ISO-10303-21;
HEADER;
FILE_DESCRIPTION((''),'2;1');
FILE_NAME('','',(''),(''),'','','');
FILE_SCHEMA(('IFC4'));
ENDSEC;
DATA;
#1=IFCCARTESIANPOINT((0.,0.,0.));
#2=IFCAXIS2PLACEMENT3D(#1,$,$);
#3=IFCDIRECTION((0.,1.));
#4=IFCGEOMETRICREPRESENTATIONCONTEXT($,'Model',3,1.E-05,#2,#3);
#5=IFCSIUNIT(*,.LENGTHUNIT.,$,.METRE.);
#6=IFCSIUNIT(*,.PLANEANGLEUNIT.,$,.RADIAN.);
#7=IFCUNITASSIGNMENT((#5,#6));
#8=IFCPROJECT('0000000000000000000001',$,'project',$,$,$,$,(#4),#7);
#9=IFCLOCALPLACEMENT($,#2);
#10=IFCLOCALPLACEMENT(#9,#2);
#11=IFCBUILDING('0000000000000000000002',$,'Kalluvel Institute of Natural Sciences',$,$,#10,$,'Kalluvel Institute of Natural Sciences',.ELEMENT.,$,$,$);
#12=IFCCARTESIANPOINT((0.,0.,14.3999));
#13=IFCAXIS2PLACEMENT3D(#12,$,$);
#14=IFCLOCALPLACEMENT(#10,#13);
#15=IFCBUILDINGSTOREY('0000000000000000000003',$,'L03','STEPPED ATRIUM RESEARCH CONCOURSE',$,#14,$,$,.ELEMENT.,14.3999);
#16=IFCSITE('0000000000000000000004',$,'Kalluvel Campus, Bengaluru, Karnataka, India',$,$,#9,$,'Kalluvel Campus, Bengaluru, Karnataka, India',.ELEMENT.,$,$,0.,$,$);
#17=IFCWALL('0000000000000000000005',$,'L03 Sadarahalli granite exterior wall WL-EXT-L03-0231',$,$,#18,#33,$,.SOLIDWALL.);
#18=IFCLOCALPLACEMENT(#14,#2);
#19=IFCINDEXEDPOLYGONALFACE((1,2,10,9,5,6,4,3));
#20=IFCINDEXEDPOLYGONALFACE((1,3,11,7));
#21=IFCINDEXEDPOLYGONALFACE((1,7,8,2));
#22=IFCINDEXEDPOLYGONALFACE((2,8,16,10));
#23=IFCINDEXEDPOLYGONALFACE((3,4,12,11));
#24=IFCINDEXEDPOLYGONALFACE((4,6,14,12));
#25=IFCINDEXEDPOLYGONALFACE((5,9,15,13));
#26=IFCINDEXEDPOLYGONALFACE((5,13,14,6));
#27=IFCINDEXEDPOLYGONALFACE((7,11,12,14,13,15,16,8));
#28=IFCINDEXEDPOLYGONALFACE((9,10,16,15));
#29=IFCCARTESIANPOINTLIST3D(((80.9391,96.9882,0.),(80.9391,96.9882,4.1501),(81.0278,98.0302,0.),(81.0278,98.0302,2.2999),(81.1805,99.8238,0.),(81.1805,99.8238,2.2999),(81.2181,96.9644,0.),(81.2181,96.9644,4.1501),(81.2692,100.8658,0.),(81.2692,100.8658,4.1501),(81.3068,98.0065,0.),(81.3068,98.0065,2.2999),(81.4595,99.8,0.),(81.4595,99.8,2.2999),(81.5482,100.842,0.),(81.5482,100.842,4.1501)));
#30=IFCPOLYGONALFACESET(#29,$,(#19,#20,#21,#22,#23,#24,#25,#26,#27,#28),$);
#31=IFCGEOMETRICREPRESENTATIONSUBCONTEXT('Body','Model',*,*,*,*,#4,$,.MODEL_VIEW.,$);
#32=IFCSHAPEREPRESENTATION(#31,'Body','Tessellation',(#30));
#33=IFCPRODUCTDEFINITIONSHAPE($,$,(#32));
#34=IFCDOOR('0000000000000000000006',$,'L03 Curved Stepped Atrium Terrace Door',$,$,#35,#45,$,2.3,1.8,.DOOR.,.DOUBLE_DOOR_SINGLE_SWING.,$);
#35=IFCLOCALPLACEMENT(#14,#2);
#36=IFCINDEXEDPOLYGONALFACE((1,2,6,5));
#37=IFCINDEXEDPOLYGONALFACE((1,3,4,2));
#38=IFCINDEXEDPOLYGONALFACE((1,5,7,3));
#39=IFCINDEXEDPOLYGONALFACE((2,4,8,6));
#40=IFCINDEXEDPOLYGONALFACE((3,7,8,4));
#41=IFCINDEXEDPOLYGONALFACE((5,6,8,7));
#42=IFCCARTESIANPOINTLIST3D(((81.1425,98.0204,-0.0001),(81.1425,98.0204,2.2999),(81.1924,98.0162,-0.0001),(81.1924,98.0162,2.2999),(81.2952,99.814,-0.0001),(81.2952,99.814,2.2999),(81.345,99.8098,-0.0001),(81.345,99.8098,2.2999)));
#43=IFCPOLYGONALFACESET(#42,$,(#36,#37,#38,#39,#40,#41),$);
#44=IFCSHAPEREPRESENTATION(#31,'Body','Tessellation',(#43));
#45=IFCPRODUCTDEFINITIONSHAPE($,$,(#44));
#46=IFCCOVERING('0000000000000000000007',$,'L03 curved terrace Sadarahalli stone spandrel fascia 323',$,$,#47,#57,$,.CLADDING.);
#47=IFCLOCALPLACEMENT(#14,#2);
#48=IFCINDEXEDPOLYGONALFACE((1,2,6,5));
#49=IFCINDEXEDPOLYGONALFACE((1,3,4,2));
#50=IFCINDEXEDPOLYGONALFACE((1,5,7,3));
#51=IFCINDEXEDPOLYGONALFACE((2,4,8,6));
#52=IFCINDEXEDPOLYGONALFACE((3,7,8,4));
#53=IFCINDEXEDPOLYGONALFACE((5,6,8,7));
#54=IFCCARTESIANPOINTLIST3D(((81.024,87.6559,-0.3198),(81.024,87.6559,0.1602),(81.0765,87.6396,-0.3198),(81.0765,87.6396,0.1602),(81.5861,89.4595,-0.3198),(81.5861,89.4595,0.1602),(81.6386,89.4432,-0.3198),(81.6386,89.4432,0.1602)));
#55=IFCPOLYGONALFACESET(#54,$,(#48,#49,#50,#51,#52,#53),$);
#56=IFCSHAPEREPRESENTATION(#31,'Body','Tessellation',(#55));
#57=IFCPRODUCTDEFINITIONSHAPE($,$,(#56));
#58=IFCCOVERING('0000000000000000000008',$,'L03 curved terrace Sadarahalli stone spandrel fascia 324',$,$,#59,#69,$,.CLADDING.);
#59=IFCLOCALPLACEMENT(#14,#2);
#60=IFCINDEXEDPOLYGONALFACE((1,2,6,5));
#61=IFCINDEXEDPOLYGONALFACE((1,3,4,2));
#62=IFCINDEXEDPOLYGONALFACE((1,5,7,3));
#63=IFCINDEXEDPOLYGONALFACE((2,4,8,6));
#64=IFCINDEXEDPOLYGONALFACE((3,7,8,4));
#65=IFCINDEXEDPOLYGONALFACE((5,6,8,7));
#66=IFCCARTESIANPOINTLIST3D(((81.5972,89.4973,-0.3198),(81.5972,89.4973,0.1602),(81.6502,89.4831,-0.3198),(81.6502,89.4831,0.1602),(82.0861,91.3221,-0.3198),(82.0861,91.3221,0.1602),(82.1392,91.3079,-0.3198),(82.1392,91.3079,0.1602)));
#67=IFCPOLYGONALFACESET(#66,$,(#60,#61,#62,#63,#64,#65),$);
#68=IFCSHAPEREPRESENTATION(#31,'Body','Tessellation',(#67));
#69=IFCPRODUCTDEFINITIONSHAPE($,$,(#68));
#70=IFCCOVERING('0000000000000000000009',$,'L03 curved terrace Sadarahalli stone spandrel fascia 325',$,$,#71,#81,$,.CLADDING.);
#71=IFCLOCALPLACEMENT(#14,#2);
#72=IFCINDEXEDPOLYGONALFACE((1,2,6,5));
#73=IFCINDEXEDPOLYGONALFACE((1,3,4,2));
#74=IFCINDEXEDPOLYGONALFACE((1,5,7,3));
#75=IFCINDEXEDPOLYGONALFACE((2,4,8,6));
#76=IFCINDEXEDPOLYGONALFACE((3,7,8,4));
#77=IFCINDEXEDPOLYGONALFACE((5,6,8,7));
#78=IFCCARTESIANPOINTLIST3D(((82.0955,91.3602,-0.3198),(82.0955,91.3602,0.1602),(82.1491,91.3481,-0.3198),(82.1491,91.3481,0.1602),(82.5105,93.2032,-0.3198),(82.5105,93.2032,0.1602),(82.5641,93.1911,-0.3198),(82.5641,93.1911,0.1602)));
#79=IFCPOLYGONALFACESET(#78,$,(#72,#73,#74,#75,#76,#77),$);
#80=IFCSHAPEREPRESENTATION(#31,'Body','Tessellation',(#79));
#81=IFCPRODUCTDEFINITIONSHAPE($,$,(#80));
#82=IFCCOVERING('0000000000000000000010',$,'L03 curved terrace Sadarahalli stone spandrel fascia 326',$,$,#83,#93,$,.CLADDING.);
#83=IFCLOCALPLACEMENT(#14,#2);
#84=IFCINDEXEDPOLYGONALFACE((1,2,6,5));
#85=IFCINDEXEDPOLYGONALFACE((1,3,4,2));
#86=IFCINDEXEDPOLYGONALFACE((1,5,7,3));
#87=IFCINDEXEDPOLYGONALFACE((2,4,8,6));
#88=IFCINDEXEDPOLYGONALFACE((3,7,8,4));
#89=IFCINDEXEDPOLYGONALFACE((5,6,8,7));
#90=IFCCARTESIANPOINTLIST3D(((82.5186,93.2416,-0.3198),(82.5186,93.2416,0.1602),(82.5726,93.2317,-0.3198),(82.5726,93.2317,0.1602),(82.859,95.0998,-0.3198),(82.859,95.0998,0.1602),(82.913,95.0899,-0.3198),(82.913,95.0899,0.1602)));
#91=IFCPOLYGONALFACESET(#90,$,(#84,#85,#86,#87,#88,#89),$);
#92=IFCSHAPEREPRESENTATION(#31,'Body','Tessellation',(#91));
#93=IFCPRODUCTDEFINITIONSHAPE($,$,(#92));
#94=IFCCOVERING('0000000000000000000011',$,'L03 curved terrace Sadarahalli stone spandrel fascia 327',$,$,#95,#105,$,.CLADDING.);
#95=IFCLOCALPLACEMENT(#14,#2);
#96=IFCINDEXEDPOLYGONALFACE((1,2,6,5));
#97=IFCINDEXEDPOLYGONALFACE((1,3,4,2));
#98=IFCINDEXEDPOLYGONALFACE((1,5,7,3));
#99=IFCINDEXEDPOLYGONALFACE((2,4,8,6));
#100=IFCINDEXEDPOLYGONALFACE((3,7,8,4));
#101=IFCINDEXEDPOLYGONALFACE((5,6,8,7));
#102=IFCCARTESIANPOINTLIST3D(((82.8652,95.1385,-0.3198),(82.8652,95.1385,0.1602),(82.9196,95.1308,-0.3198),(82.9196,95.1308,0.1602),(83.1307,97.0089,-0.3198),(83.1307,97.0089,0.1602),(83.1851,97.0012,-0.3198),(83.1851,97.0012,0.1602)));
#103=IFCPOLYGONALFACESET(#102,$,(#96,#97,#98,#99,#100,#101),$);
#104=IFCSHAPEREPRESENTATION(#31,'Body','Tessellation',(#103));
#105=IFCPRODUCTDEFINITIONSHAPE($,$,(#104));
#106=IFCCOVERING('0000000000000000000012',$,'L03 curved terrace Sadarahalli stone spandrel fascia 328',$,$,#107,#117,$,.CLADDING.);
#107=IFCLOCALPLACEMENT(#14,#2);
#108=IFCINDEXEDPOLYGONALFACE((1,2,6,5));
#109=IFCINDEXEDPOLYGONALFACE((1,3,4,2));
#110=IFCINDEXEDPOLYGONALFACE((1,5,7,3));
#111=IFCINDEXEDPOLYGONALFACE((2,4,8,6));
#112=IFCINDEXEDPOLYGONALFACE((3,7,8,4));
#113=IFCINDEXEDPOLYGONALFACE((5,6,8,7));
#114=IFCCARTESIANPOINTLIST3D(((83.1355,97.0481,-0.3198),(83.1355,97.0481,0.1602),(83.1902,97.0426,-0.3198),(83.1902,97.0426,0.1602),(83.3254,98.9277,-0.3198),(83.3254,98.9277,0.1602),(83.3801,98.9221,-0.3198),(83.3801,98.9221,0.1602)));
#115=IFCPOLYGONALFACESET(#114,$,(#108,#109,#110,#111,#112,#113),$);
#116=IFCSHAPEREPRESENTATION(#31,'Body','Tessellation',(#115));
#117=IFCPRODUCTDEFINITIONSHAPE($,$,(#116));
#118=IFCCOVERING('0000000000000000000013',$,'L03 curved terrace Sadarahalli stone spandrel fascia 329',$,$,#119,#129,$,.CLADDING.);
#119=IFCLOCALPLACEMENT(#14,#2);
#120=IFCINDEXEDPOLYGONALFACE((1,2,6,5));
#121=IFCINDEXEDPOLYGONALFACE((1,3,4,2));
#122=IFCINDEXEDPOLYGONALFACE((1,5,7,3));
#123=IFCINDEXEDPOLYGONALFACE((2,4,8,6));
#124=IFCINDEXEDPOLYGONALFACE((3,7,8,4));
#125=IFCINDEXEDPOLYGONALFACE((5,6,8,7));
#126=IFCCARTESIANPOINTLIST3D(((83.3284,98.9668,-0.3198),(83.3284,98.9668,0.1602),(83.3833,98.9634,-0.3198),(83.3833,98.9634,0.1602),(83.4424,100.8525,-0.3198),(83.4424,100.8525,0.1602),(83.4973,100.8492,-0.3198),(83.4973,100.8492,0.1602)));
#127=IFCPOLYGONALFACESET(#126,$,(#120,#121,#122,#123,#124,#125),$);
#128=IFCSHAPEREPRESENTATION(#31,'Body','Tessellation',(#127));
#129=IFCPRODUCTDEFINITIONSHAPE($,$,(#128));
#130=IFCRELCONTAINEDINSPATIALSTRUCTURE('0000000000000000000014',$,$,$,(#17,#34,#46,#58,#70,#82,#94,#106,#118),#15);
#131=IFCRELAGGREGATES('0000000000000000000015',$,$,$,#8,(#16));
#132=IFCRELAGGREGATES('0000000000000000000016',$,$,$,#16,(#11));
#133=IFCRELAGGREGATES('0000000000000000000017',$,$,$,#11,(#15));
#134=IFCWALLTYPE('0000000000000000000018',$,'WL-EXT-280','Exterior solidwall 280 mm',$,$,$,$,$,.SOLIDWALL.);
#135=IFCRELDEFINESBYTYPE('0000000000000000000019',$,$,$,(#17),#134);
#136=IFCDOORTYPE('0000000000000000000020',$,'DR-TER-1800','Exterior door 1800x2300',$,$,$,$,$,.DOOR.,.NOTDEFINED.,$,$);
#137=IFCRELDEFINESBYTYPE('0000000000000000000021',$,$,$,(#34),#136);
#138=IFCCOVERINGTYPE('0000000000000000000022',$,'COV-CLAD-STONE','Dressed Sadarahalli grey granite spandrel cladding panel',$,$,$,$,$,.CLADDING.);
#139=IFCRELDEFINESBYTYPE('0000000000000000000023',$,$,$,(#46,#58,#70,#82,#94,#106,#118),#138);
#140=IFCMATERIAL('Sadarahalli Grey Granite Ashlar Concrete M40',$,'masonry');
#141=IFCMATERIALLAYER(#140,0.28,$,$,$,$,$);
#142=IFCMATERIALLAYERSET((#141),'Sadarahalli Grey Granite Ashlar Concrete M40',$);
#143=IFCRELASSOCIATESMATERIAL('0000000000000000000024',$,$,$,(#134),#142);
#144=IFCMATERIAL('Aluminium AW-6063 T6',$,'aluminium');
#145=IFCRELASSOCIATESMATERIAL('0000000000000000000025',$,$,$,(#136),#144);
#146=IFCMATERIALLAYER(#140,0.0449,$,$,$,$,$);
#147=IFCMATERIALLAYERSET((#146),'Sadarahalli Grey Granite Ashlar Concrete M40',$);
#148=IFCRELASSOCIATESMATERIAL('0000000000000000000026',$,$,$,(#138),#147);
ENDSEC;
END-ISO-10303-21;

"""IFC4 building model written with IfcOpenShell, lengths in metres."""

from ifc_helpers import new_model, si_unit, direction, frame, frame_2d, origin, origin_2d, place, context, subcontext, project, spatial, rectangle, extrude, material, layer, layer_set, type_object, element, fill, save


model = new_model("IFC4")

# Units and contexts
model_context = context("Model", 3, precision=1e-05, world=origin(), true_north=direction((0.0, 1.0)))
body_context = subcontext(model_context, "Body", "Model", "MODEL_VIEW")
ifc_project = project(units=[si_unit("LENGTHUNIT", "METRE"), si_unit("PLANEANGLEUNIT", "RADIAN")], contexts=[model_context])

# Site, building, storey
site_placement = place(None, origin())
site = spatial("IfcSite", under=ifc_project, at=site_placement, Name="Kalluvel Campus, Bengaluru, Karnataka, India", LongName="Kalluvel Campus, Bengaluru, Karnataka, India", CompositionType="ELEMENT", RefElevation=0.0)
building_placement = place(site_placement, origin())
building = spatial("IfcBuilding", under=site, at=building_placement, Name="Kalluvel Institute of Natural Sciences", LongName="Kalluvel Institute of Natural Sciences", CompositionType="ELEMENT")
storey_placement = place(building_placement, frame((0.0, 0.0, 14.3999)))
storey = spatial("IfcBuildingStorey", under=building, at=storey_placement, Name="L03", Description="STEPPED ATRIUM RESEARCH CONCOURSE", CompositionType="ELEMENT", Elevation=14.3999)

# Shared definitions
ifc_material_1 = material(Name="Aluminium AW-6063 T6", Category="aluminium")

# Wall, opening, door
ifc_material_2 = material(Name="Sadarahalli Grey Granite Ashlar Concrete M40", Category="masonry")
ifc_layer_1 = layer(ifc_material_2, 0.28)
ifc_layer_set_1 = layer_set([ifc_layer_1], Name="Sadarahalli Grey Granite Ashlar Concrete M40")
wall_type = type_object("IfcWallType", Name="WL-EXT-280", Description="Exterior solidwall 280 mm", PredefinedType="SOLIDWALL", material=ifc_layer_set_1)
wall_placement = place(storey_placement, frame((81.0786, 96.9763, 0.0), z_axis=(0.0, 0.0, 1.0), x_axis=(0.084816, 0.996397, 0.0)))
wall = element("IfcWall", 1, at=wall_placement, inside=storey, type_object=wall_type, Name="L03 Sadarahalli granite exterior wall WL-EXT-L03-0231", PredefinedType="SOLIDWALL", context=body_context, shape_type="SweptSolid", body=[
    extrude(rectangle(XDim=3.8916, YDim=0.28, at=frame_2d((1.9458, 0.0))), origin(), (0.0, 0.0, 1.0), 4.1501),
])
opening_placement = place(wall_placement, frame((1.0459, 0.0, 0.0)))
opening = element("IfcOpeningElement", 2, at=opening_placement, cuts=wall, PredefinedType="OPENING", context=body_context, shape_type="SweptSolid", body=[
    extrude(rectangle(XDim=1.8, YDim=2.3, at=frame_2d((0.8999, 1.1499))), frame((0.0, 0.1499, 0.0), z_axis=(0.0, -1.0, 0.0), x_axis=(1.0, 0.0, 0.0)), (0.0, 0.0, 1.0), 0.3),
])
door_type = type_object("IfcDoorType", Name="DR-TER-1800", Description="Exterior door 1800x2300", OperationType="NOTDEFINED", PredefinedType="DOOR", material=ifc_material_1)
door_placement = place(opening_placement, origin())
door = element("IfcDoor", 3, at=door_placement, inside=storey, type_object=door_type, Name="L03 Curved Stepped Atrium Terrace Door", OperationType="DOUBLE_DOOR_SINGLE_SWING", OverallHeight=2.3, OverallWidth=1.8, PredefinedType="DOOR", context=body_context, shape_type="SweptSolid", body=[
    extrude(rectangle(XDim=1.8, YDim=2.3, at=frame_2d((0.8999, 1.1499))), frame((0.0, 0.0249, 0.0), z_axis=(0.0, -1.0, 0.0), x_axis=(1.0, 0.0, 0.0)), (0.0, 0.0, 1.0), 0.05),
])
fill(opening, door)

# Coverings
ifc_layer_2 = layer(ifc_material_2, 0.0449)
ifc_layer_set_2 = layer_set([ifc_layer_2], Name="Sadarahalli Grey Granite Ashlar Concrete M40")
covering_type = type_object("IfcCoveringType", Name="COV-CLAD-STONE", Description="Dressed Sadarahalli grey granite spandrel cladding panel", PredefinedType="CLADDING", material=ifc_layer_set_2)
for number, where, z_axis, x_axis, name in (
    (4, (81.3313, 88.5496, -0.3198), (0.0, 0.0, 1.0), (0.297542, 0.954709, 0.0), "L03 curved terrace Sadarahalli stone spandrel fascia 323"),
    (5, (81.8682, 90.4026, -0.3198), (0.0, 0.0, 1.0), (0.258819, 0.965926, 0.0), "L03 curved terrace Sadarahalli stone spandrel fascia 324"),
    (6, (82.3298, 92.2756, -0.3198), (0.0, 0.0, 1.0), (0.219676, 0.975573, 0.0), "L03 curved terrace Sadarahalli stone spandrel fascia 325"),
    (7, (82.7158, 94.1658, -0.3198), (0.0, 0.0, 1.0), (0.180176, 0.983634, 0.0), "L03 curved terrace Sadarahalli stone spandrel fascia 326"),
    (8, (83.0251, 96.0698, -0.3198), (0.0, 0.0, 1.0), (0.140556, 0.990073, 0.0), "L03 curved terrace Sadarahalli stone spandrel fascia 327"),
    (9, (83.2578, 97.9851, -0.3198), (0.0, 0.0, 1.0), (0.100535, 0.994933, 0.0), "L03 curved terrace Sadarahalli stone spandrel fascia 328"),
    (10, (83.4128, 99.908, -0.3198), (0.0, 0.0, 1.0), (0.060352, 0.998177, 0.0), "L03 curved terrace Sadarahalli stone spandrel fascia 329"),
):
    element("IfcCovering", number, at=place(storey_placement, frame(where, z_axis=z_axis, x_axis=x_axis)), inside=storey, type_object=covering_type, Name=name, PredefinedType="CLADDING", context=body_context, shape_type="SweptSolid", body=[
        extrude(rectangle(XDim=1.8892, YDim=0.0549, at=origin_2d()), origin(), (0.0, 0.0, 1.0), 0.48),
    ])

save(model, "model.ifc")
